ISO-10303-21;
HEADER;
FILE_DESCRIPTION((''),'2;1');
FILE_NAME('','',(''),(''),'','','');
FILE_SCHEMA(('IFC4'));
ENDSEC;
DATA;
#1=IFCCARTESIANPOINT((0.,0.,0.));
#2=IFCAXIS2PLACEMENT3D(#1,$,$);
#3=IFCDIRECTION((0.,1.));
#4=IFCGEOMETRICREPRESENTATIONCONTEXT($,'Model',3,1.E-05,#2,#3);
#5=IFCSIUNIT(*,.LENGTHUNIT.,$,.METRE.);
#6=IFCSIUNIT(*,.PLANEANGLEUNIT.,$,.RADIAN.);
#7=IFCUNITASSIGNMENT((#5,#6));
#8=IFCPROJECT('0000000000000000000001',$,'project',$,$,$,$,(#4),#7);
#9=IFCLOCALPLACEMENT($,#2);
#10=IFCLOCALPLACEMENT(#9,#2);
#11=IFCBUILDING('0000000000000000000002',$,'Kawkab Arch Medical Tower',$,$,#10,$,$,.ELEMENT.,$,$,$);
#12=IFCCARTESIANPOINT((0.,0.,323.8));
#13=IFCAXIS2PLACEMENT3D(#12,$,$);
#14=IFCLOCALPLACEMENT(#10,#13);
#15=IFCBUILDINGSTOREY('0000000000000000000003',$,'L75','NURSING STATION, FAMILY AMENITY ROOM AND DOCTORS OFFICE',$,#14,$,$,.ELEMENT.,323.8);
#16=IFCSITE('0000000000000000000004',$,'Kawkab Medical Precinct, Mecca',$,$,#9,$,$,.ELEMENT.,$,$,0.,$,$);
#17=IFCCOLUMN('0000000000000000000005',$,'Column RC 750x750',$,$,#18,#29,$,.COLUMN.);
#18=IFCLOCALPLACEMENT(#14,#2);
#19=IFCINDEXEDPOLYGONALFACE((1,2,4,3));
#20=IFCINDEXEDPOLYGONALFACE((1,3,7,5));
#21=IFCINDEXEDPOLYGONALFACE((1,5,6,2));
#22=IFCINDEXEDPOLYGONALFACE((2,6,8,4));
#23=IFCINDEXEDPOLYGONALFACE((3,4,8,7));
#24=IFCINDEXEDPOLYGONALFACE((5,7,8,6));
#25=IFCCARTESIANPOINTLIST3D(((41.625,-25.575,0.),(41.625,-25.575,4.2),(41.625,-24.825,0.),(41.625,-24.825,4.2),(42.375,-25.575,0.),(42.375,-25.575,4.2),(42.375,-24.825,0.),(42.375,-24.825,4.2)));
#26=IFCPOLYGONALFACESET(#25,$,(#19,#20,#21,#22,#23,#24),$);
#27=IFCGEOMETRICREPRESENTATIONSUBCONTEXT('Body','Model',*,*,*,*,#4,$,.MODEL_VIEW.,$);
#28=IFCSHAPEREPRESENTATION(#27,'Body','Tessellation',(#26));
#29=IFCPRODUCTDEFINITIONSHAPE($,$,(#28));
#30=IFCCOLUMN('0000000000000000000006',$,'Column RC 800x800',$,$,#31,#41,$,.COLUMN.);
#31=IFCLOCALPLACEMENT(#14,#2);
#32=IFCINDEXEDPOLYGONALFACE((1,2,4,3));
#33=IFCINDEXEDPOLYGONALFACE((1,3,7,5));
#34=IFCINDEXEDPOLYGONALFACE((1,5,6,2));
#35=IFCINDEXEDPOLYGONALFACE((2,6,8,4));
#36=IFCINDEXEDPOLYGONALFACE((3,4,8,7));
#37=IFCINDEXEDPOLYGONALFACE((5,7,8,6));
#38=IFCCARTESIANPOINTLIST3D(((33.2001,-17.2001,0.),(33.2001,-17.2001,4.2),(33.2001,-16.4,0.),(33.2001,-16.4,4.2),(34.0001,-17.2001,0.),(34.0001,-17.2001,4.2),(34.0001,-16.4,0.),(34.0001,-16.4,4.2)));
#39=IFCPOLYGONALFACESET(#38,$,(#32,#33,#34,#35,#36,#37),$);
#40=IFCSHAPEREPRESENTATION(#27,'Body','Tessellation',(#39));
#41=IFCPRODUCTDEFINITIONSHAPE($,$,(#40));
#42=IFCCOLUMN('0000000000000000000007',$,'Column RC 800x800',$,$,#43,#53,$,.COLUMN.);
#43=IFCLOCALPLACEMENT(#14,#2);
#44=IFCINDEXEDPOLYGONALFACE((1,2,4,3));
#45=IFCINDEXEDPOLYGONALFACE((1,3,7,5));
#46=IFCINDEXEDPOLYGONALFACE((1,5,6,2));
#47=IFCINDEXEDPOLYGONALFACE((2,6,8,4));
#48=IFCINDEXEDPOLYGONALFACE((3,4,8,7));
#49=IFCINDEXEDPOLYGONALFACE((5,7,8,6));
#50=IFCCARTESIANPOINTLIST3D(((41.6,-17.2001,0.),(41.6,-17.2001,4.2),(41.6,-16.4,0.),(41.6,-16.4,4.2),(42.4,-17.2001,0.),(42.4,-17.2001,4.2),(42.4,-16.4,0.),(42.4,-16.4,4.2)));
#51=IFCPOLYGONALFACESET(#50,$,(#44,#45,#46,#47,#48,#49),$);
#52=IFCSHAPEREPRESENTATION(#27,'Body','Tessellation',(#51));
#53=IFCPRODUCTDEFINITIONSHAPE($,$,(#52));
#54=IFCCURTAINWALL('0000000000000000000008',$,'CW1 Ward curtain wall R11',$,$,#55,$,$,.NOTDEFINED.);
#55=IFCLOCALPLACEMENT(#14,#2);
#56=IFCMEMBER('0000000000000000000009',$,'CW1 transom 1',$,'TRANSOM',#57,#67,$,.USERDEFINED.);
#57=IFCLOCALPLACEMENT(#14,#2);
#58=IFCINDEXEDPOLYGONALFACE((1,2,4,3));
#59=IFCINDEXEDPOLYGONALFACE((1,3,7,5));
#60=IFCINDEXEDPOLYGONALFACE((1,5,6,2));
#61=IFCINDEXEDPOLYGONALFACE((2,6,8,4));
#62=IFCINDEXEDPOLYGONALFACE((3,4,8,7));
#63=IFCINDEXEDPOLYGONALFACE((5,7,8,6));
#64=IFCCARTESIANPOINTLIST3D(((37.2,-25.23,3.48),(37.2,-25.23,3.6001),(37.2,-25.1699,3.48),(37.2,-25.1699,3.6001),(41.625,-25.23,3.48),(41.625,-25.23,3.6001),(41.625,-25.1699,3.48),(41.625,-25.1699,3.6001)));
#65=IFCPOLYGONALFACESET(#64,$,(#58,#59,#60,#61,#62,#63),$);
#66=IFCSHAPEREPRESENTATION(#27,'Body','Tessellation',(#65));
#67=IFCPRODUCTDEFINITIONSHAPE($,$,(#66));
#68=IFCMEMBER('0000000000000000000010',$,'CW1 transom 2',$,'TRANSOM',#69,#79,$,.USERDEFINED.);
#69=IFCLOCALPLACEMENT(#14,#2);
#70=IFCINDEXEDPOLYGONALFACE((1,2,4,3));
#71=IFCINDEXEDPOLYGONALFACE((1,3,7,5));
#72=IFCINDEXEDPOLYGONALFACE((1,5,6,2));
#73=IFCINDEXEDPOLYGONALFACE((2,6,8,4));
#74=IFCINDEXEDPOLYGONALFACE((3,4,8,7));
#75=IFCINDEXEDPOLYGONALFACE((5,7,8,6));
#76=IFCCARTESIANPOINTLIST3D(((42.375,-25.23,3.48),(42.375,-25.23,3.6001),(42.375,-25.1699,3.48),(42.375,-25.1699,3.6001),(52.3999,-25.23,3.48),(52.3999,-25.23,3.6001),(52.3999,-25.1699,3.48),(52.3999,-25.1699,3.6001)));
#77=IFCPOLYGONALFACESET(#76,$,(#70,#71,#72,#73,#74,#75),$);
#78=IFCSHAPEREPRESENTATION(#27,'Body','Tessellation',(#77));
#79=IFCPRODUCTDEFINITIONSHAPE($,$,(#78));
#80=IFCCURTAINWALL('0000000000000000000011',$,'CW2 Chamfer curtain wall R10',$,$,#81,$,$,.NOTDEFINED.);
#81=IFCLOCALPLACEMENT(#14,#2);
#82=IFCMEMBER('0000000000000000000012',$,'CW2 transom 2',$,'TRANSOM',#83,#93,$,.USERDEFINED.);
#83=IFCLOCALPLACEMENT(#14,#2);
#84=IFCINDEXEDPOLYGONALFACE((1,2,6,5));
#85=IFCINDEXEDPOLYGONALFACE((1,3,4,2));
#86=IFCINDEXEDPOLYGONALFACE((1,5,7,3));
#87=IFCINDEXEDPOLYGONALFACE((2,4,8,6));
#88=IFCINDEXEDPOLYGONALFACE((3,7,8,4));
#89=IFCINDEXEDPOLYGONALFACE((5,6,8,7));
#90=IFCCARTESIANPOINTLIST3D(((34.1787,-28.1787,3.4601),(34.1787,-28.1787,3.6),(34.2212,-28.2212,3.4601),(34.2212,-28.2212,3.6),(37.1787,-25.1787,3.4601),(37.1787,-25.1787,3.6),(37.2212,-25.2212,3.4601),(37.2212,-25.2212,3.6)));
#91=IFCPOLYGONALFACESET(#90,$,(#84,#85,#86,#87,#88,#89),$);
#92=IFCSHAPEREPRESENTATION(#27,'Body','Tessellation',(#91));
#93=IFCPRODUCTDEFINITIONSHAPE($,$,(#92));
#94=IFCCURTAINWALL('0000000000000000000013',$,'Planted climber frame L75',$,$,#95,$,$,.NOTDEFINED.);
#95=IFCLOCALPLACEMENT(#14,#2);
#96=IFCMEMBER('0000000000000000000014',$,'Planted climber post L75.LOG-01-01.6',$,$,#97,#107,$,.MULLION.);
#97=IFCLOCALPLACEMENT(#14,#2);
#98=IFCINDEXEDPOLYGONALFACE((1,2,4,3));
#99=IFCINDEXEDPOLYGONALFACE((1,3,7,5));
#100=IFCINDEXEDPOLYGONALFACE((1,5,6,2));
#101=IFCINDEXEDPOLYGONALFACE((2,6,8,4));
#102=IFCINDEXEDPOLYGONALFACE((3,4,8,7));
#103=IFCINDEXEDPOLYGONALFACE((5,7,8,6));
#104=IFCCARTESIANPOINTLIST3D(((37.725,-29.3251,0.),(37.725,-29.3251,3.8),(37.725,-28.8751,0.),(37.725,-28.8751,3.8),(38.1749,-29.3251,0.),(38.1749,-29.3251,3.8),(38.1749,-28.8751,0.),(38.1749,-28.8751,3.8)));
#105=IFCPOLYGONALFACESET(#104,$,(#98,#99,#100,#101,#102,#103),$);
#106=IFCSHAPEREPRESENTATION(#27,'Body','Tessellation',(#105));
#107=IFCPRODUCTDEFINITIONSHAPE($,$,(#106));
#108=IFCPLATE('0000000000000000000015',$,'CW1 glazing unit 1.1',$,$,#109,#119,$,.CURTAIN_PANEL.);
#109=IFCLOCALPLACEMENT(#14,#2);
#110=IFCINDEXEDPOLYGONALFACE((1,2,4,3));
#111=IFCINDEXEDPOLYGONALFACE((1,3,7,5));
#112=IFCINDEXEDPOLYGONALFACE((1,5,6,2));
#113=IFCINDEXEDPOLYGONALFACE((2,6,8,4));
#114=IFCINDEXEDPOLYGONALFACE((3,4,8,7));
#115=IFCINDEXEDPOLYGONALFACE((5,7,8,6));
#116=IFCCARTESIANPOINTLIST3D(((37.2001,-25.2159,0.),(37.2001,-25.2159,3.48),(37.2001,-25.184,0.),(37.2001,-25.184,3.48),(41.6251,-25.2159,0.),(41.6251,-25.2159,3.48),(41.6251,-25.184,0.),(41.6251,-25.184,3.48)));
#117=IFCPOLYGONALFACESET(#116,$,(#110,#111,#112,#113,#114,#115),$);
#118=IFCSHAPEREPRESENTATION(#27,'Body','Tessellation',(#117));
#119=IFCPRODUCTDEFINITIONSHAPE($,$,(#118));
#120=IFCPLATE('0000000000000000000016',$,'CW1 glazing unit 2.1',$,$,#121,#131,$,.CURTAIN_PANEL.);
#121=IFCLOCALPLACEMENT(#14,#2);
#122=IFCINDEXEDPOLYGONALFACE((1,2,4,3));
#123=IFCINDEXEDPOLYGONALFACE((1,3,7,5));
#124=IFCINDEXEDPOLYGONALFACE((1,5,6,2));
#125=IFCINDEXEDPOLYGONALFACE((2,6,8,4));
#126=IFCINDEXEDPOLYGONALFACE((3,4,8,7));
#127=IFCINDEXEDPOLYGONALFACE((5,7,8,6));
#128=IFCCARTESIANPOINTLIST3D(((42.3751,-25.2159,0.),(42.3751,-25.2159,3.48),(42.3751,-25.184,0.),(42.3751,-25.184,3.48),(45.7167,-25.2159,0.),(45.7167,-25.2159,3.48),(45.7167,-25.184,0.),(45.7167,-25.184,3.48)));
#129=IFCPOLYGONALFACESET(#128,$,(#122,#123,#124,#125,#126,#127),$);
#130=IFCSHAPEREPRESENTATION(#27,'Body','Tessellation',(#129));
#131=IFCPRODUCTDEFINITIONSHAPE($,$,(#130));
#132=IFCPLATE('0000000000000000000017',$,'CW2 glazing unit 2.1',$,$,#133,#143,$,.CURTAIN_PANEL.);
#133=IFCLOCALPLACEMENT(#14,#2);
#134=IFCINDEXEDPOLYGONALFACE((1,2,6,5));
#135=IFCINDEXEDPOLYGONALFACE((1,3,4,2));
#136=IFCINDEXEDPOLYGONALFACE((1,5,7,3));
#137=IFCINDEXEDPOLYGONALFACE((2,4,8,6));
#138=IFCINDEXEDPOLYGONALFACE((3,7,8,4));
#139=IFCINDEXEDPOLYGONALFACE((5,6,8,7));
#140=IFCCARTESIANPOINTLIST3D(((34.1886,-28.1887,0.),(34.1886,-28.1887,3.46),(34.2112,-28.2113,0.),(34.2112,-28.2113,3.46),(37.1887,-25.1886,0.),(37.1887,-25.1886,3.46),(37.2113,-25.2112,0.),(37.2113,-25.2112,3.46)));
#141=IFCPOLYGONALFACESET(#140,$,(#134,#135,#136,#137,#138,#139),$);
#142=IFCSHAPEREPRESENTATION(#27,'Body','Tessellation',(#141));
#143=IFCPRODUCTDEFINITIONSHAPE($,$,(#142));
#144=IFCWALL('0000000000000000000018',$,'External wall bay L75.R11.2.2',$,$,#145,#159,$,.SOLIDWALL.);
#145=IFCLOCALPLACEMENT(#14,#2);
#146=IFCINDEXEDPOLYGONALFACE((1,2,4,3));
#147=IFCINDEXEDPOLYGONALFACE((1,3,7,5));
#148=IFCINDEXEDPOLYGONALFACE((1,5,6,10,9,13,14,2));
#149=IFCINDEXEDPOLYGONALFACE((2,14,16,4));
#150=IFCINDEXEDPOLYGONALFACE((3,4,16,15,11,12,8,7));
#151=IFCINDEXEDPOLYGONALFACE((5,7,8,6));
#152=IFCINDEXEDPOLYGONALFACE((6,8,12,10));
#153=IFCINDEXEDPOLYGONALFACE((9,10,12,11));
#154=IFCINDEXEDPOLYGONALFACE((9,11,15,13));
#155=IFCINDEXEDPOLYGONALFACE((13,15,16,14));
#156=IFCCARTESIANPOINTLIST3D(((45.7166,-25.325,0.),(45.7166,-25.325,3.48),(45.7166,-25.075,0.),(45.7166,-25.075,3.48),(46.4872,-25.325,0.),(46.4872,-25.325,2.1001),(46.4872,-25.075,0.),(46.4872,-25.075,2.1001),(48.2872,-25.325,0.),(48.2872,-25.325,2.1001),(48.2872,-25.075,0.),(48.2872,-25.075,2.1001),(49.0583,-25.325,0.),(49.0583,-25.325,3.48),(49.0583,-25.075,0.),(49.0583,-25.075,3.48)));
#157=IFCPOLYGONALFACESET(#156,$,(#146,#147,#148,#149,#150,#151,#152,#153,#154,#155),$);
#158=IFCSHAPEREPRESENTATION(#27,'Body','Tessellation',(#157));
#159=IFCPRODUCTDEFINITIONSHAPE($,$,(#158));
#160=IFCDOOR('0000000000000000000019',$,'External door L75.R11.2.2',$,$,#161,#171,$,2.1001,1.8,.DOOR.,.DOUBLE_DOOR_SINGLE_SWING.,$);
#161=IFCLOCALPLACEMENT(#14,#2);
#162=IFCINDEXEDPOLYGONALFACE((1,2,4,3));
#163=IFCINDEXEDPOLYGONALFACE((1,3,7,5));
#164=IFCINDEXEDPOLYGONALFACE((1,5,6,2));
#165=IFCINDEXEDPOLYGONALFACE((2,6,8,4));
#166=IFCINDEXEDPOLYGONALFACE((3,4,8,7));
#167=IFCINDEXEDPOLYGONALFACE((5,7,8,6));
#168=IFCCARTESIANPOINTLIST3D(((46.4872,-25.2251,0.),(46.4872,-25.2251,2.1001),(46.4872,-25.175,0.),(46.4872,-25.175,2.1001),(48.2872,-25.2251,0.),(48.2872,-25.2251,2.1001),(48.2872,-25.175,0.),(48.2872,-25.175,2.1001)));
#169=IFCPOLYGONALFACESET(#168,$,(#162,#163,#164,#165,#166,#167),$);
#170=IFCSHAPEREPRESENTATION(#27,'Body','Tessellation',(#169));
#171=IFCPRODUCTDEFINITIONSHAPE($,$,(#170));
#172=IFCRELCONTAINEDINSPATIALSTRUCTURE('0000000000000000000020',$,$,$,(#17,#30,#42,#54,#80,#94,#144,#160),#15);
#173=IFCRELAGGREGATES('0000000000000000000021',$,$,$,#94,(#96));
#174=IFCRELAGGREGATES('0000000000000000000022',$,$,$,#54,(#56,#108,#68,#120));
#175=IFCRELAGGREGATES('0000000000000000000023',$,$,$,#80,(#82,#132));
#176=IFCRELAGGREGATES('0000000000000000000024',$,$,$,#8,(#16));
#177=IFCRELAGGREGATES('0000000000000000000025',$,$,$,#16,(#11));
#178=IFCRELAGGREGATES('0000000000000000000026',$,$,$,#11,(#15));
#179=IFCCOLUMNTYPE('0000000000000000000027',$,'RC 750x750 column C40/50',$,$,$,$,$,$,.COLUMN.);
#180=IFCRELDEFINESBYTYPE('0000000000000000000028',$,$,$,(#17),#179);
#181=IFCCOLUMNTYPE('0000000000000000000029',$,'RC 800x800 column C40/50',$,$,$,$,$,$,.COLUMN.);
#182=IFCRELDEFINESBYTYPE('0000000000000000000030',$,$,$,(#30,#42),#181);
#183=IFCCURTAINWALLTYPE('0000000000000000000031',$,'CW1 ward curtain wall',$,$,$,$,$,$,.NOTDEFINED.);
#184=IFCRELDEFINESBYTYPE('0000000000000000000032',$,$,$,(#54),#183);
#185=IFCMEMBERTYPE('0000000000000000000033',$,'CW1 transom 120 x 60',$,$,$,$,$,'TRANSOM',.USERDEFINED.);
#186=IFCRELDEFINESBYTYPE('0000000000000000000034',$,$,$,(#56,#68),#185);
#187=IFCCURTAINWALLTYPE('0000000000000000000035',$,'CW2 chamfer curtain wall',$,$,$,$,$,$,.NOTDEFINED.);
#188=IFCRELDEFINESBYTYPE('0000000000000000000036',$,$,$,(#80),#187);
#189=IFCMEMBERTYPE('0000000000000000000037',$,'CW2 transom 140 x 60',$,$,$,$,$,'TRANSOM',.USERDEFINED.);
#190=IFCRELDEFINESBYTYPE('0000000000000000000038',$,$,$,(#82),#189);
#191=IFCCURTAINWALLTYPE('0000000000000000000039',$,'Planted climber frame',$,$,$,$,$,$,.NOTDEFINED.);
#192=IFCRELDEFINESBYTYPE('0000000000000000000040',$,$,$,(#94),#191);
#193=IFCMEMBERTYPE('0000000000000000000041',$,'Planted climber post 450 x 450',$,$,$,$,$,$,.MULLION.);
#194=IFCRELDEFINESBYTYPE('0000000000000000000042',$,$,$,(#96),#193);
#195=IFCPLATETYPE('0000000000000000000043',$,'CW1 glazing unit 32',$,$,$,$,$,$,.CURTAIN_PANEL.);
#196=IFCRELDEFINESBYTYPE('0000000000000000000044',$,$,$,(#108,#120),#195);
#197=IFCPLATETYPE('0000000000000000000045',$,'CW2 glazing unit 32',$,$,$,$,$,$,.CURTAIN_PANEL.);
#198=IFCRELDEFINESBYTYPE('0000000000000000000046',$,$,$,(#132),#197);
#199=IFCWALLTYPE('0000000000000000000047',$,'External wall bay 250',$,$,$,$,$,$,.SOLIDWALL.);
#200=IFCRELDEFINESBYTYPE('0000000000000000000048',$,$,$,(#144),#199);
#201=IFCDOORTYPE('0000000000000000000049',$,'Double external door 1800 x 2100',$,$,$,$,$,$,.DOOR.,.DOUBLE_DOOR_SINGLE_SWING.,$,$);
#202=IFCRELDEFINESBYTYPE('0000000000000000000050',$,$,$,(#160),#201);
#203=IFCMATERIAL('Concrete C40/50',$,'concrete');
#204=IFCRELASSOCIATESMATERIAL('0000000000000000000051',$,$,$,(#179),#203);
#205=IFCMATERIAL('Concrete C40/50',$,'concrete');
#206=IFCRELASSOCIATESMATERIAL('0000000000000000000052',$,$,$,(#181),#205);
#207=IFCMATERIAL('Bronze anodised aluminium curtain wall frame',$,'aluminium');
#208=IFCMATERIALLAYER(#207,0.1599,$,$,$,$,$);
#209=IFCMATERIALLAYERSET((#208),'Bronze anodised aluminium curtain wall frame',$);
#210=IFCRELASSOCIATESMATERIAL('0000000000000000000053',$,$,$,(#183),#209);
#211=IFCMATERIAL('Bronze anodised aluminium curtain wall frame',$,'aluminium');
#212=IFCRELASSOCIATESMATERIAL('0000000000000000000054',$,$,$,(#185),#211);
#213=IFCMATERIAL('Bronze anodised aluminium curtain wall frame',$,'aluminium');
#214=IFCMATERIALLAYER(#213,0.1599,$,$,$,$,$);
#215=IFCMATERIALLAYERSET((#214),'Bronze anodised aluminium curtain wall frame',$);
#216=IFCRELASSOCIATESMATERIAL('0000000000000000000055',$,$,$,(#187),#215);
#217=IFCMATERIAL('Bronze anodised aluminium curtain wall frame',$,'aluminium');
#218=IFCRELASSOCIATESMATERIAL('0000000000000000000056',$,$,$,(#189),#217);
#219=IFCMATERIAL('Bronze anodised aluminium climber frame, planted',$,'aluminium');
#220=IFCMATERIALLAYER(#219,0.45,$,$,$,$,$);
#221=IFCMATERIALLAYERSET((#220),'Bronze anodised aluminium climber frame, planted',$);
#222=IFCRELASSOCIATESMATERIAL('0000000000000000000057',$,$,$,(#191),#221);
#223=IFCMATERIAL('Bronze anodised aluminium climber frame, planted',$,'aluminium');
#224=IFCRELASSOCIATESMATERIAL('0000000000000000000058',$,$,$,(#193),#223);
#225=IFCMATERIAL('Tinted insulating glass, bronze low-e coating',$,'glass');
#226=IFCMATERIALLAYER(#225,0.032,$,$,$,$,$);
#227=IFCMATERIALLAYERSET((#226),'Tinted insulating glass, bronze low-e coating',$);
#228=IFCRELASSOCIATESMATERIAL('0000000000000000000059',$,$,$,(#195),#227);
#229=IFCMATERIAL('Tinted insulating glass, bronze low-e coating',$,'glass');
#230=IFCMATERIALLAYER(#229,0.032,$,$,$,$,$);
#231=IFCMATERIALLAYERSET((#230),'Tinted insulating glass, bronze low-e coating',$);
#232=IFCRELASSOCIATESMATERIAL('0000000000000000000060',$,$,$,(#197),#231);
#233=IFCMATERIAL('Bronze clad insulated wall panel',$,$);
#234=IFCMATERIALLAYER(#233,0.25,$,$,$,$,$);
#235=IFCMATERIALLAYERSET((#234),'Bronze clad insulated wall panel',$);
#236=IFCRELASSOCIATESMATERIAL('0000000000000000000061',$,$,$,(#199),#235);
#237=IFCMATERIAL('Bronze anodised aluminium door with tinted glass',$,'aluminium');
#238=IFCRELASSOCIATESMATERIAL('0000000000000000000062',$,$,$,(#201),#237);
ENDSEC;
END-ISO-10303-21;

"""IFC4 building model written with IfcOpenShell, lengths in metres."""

from ifc_helpers import new_model, si_unit, direction, frame, frame_2d, origin, origin_2d, place, context, subcontext, project, spatial, rectangle, extrude, material, layer, layer_set, material_profile, profile_set, type_object, element, fill, aggregate, save


model = new_model("IFC4")

# Units and contexts
model_context = context("Model", 3, precision=1e-05, world=origin(), true_north=direction((0.0, 1.0)))
body_context = subcontext(model_context, "Body", "Model", "MODEL_VIEW")
ifc_project = project(units=[si_unit("LENGTHUNIT", "METRE"), si_unit("PLANEANGLEUNIT", "RADIAN")], contexts=[model_context])

# Site, building, storey
site_placement = place(None, origin())
site = spatial("IfcSite", under=ifc_project, at=site_placement, Name="Kawkab Medical Precinct, Mecca", CompositionType="ELEMENT", RefElevation=0.0)
building_placement = place(site_placement, origin())
building = spatial("IfcBuilding", under=site, at=building_placement, Name="Kawkab Arch Medical Tower", CompositionType="ELEMENT")
storey_placement = place(building_placement, frame((0.0, 0.0, 323.8)))
storey = spatial("IfcBuildingStorey", under=building, at=storey_placement, Name="L75", Description="NURSING STATION, FAMILY AMENITY ROOM AND DOCTORS OFFICE", CompositionType="ELEMENT", Elevation=323.8)

# Columns
ifc_material_1 = material(Name="Concrete C40/50", Category="concrete")
ifc_material_profile_1 = material_profile(ifc_material_1, rectangle(XDim=0.75, YDim=0.75, at=origin_2d()), Name="RC 750x750")
ifc_profile_set_1 = profile_set([ifc_material_profile_1], Name="Concrete C40/50")
column_type_1 = type_object("IfcColumnType", Name="RC 750x750 column C40/50", PredefinedType="COLUMN", material=ifc_profile_set_1)
column_placement = place(storey_placement, frame((42.0, -25.2, 0.0), z_axis=(0.0, 0.0, 1.0), x_axis=(1.0, 0.0, 0.0)))
element("IfcColumn", 1, at=column_placement, inside=storey, type_object=column_type_1, Name="Column RC 750x750", PredefinedType="COLUMN", context=body_context, shape_type="SweptSolid", body=[
    extrude(rectangle(XDim=0.75, YDim=0.75, at=origin_2d()), origin(), (0.0, 0.0, 1.0), 4.2),
])
ifc_material_2 = material(Name="Concrete C40/50", Category="concrete")
ifc_material_profile_2 = material_profile(ifc_material_2, rectangle(XDim=0.8, YDim=0.8, at=origin_2d()), Name="RC 800x800")
ifc_profile_set_2 = profile_set([ifc_material_profile_2], Name="Concrete C40/50")
column_type_2 = type_object("IfcColumnType", Name="RC 800x800 column C40/50", PredefinedType="COLUMN", material=ifc_profile_set_2)
for number, where, z_axis, x_axis, name in (
    (2, (33.6001, -16.8, 0.0), (0.0, 0.0, 1.0), (1.0, 0.0, 0.0), "Column RC 800x800"),
    (3, (42.0, -16.8, 0.0), (0.0, 0.0, 1.0), (1.0, 0.0, 0.0), "Column RC 800x800"),
):
    element("IfcColumn", number, at=place(storey_placement, frame(where, z_axis=z_axis, x_axis=x_axis)), inside=storey, type_object=column_type_2, Name=name, PredefinedType="COLUMN", context=body_context, shape_type="SweptSolid", body=[
        extrude(rectangle(XDim=0.8, YDim=0.8, at=origin_2d()), origin(), (0.0, 0.0, 1.0), 4.2),
    ])

# Curtain wall, members
ifc_material_3 = material(Name="Bronze anodised aluminium curtain wall frame", Category="aluminium")
ifc_layer_1 = layer(ifc_material_3, 0.1599)
ifc_layer_set_1 = layer_set([ifc_layer_1], Name="Bronze anodised aluminium curtain wall frame")
curtain_wall_type_1 = type_object("IfcCurtainWallType", Name="CW1 ward curtain wall", PredefinedType="NOTDEFINED", material=ifc_layer_set_1)
placement = place(storey_placement, origin())
curtain_wall_1 = element("IfcCurtainWall", 4, at=placement, inside=storey, type_object=curtain_wall_type_1, Name="CW1 Ward curtain wall R11", PredefinedType="NOTDEFINED")
ifc_material_4 = material(Name="Bronze anodised aluminium curtain wall frame", Category="aluminium")
ifc_material_profile_3 = material_profile(ifc_material_4, rectangle(XDim=0.0601, YDim=0.1201, at=origin_2d()), Name="AL 60x120")
ifc_profile_set_3 = profile_set([ifc_material_profile_3], Name="Bronze anodised aluminium curtain wall frame")
member_type_1 = type_object("IfcMemberType", Name="CW1 transom 120 x 60", ElementType="TRANSOM", PredefinedType="USERDEFINED", material=ifc_profile_set_3)
member_1_placement = place(storey_placement, frame((37.2, -25.2, 3.54), z_axis=(1.0, 0.0, 0.0), x_axis=(0.0, 1.0, 0.0)))
member_1 = element("IfcMember", 5, at=member_1_placement, type_object=member_type_1, Name="CW1 transom 1", ObjectType="TRANSOM", PredefinedType="USERDEFINED", context=body_context, shape_type="SweptSolid", body=[
    extrude(rectangle(XDim=0.0601, YDim=0.1201, at=origin_2d()), origin(), (0.0, 0.0, 1.0), 4.425),
])
member_2_placement = place(storey_placement, frame((42.375, -25.2, 3.54), z_axis=(1.0, 0.0, 0.0), x_axis=(0.0, 1.0, 0.0)))
member_2 = element("IfcMember", 6, at=member_2_placement, type_object=member_type_1, Name="CW1 transom 2", ObjectType="TRANSOM", PredefinedType="USERDEFINED", context=body_context, shape_type="SweptSolid", body=[
    extrude(rectangle(XDim=0.0601, YDim=0.1201, at=origin_2d()), origin(), (0.0, 0.0, 1.0), 10.0249),
])

# Curtain walls, members
ifc_material_5 = material(Name="Bronze anodised aluminium curtain wall frame", Category="aluminium")
ifc_layer_2 = layer(ifc_material_5, 0.1599)
ifc_layer_set_2 = layer_set([ifc_layer_2], Name="Bronze anodised aluminium curtain wall frame")
curtain_wall_type_2 = type_object("IfcCurtainWallType", Name="CW2 chamfer curtain wall", PredefinedType="NOTDEFINED", material=ifc_layer_set_2)
curtain_wall_2 = element("IfcCurtainWall", 7, at=placement, inside=storey, type_object=curtain_wall_type_2, Name="CW2 Chamfer curtain wall R10", PredefinedType="NOTDEFINED")
ifc_material_6 = material(Name="Bronze anodised aluminium curtain wall frame", Category="aluminium")
ifc_material_profile_4 = material_profile(ifc_material_6, rectangle(XDim=0.0601, YDim=0.1399, at=origin_2d()), Name="AL 60x140")
ifc_profile_set_4 = profile_set([ifc_material_profile_4], Name="Bronze anodised aluminium curtain wall frame")
member_type_2 = type_object("IfcMemberType", Name="CW2 transom 140 x 60", ElementType="TRANSOM", PredefinedType="USERDEFINED", material=ifc_profile_set_4)
member_3_placement = place(storey_placement, frame((34.2, -28.2, 3.53), z_axis=(0.707107, 0.707107, 0.0), x_axis=(-0.707107, 0.707107, 0.0)))
member_3 = element("IfcMember", 8, at=member_3_placement, type_object=member_type_2, Name="CW2 transom 2", ObjectType="TRANSOM", PredefinedType="USERDEFINED", context=body_context, shape_type="SweptSolid", body=[
    extrude(rectangle(XDim=0.0601, YDim=0.1399, at=origin_2d()), origin(), (0.0, 0.0, 1.0), 4.2427),
])
ifc_material_7 = material(Name="Bronze anodised aluminium climber frame, planted", Category="aluminium")
ifc_layer_3 = layer(ifc_material_7, 0.45)
ifc_layer_set_3 = layer_set([ifc_layer_3], Name="Bronze anodised aluminium climber frame, planted")
curtain_wall_type_3 = type_object("IfcCurtainWallType", Name="Planted climber frame", PredefinedType="NOTDEFINED", material=ifc_layer_set_3)
curtain_wall_3 = element("IfcCurtainWall", 9, at=placement, inside=storey, type_object=curtain_wall_type_3, Name="Planted climber frame L75", PredefinedType="NOTDEFINED")
ifc_material_8 = material(Name="Bronze anodised aluminium climber frame, planted", Category="aluminium")
ifc_material_profile_5 = material_profile(ifc_material_8, rectangle(XDim=0.45, YDim=0.45, at=origin_2d()), Name="Post 450x450")
ifc_profile_set_5 = profile_set([ifc_material_profile_5], Name="Bronze anodised aluminium climber frame, planted")
member_type_3 = type_object("IfcMemberType", Name="Planted climber post 450 x 450", PredefinedType="MULLION", material=ifc_profile_set_5)
member_4_placement = place(storey_placement, frame((37.95, -29.1001, 0.0), z_axis=(0.0, 0.0, 1.0), x_axis=(1.0, 0.0, 0.0)))
member_4 = element("IfcMember", 10, at=member_4_placement, type_object=member_type_3, Name="Planted climber post L75.LOG-01-01.6", PredefinedType="MULLION", context=body_context, shape_type="SweptSolid", body=[
    extrude(rectangle(XDim=0.45, YDim=0.45, at=origin_2d()), origin(), (0.0, 0.0, 1.0), 3.8),
])
aggregate(curtain_wall_3, [member_4])

# Plates
ifc_material_9 = material(Name="Tinted insulating glass, bronze low-e coating", Category="glass")
ifc_layer_4 = layer(ifc_material_9, 0.032)
ifc_layer_set_4 = layer_set([ifc_layer_4], Name="Tinted insulating glass, bronze low-e coating")
plate_type_1 = type_object("IfcPlateType", Name="CW1 glazing unit 32", PredefinedType="CURTAIN_PANEL", material=ifc_layer_set_4)
plate_1_placement = place(storey_placement, frame((39.4126, -25.2, 0.0), z_axis=(0.0, 0.0, 1.0), x_axis=(1.0, 0.0, 0.0)))
plate_1 = element("IfcPlate", 11, at=plate_1_placement, type_object=plate_type_1, Name="CW1 glazing unit 1.1", PredefinedType="CURTAIN_PANEL", context=body_context, shape_type="SweptSolid", body=[
    extrude(rectangle(XDim=4.425, YDim=0.032, at=origin_2d()), origin(), (0.0, 0.0, 1.0), 3.48),
])
plate_2_placement = place(storey_placement, frame((44.0459, -25.2, 0.0), z_axis=(0.0, 0.0, 1.0), x_axis=(1.0, 0.0, 0.0)))
plate_2 = element("IfcPlate", 12, at=plate_2_placement, type_object=plate_type_1, Name="CW1 glazing unit 2.1", PredefinedType="CURTAIN_PANEL", context=body_context, shape_type="SweptSolid", body=[
    extrude(rectangle(XDim=3.3416, YDim=0.032, at=origin_2d()), origin(), (0.0, 0.0, 1.0), 3.48),
])
aggregate(curtain_wall_1, [member_1, plate_1, member_2, plate_2])
ifc_material_10 = material(Name="Tinted insulating glass, bronze low-e coating", Category="glass")
ifc_layer_5 = layer(ifc_material_10, 0.032)
ifc_layer_set_5 = layer_set([ifc_layer_5], Name="Tinted insulating glass, bronze low-e coating")
plate_type_2 = type_object("IfcPlateType", Name="CW2 glazing unit 32", PredefinedType="CURTAIN_PANEL", material=ifc_layer_set_5)
plate_3_placement = place(storey_placement, frame((35.7, -26.7, 0.0), z_axis=(0.0, 0.0, 1.0), x_axis=(0.707107, 0.707107, 0.0)))
plate_3 = element("IfcPlate", 13, at=plate_3_placement, type_object=plate_type_2, Name="CW2 glazing unit 2.1", PredefinedType="CURTAIN_PANEL", context=body_context, shape_type="SweptSolid", body=[
    extrude(rectangle(XDim=4.2427, YDim=0.032, at=origin_2d()), origin(), (0.0, 0.0, 1.0), 3.46),
])
aggregate(curtain_wall_2, [member_3, plate_3])

# Wall, opening, door
ifc_material_11 = material(Name="Bronze clad insulated wall panel")
ifc_layer_6 = layer(ifc_material_11, 0.25)
ifc_layer_set_6 = layer_set([ifc_layer_6], Name="Bronze clad insulated wall panel")
wall_type_1 = type_object("IfcWallType", Name="External wall bay 250", PredefinedType="SOLIDWALL", material=ifc_layer_set_6)
wall_1_placement = place(storey_placement, frame((45.7166, -25.2, 0.0), z_axis=(0.0, 0.0, 1.0), x_axis=(1.0, 0.0, 0.0)))
wall_1 = element("IfcWall", 14, at=wall_1_placement, inside=storey, type_object=wall_type_1, Name="External wall bay L75.R11.2.2", PredefinedType="SOLIDWALL", context=body_context, shape_type="SweptSolid", body=[
    extrude(rectangle(XDim=3.3418, YDim=0.25, at=frame_2d((1.6709, 0.0))), origin(), (0.0, 0.0, 1.0), 3.48),
])
opening_1_placement = place(wall_1_placement, frame((0.7708, 0.0, 0.0)))
opening_1 = element("IfcOpeningElement", 15, at=opening_1_placement, cuts=wall_1, PredefinedType="OPENING", context=body_context, shape_type="SweptSolid", body=[
    extrude(rectangle(XDim=1.8, YDim=2.1001, at=frame_2d((0.8999, 1.05))), frame((0.0, 0.135, 0.0), z_axis=(0.0, -1.0, 0.0), x_axis=(1.0, 0.0, 0.0)), (0.0, 0.0, 1.0), 0.27),
])
ifc_material_12 = material(Name="Bronze anodised aluminium door with tinted glass", Category="aluminium")
door_type_1 = type_object("IfcDoorType", Name="Double external door 1800 x 2100", OperationType="DOUBLE_DOOR_SINGLE_SWING", PredefinedType="DOOR", material=ifc_material_12)
door_1_placement = place(opening_1_placement, origin())
door_1 = element("IfcDoor", 16, at=door_1_placement, inside=storey, type_object=door_type_1, Name="External door L75.R11.2.2", OperationType="DOUBLE_DOOR_SINGLE_SWING", OverallHeight=2.1001, OverallWidth=1.8, PredefinedType="DOOR", context=body_context, shape_type="SweptSolid", body=[
    extrude(rectangle(XDim=1.8, YDim=2.1001, at=frame_2d((0.8999, 1.05))), frame((0.0, 0.0249, 0.0), z_axis=(0.0, -1.0, 0.0), x_axis=(1.0, 0.0, 0.0)), (0.0, 0.0, 1.0), 0.05),
])
fill(opening_1, door_1)

save(model, "model.ifc")
